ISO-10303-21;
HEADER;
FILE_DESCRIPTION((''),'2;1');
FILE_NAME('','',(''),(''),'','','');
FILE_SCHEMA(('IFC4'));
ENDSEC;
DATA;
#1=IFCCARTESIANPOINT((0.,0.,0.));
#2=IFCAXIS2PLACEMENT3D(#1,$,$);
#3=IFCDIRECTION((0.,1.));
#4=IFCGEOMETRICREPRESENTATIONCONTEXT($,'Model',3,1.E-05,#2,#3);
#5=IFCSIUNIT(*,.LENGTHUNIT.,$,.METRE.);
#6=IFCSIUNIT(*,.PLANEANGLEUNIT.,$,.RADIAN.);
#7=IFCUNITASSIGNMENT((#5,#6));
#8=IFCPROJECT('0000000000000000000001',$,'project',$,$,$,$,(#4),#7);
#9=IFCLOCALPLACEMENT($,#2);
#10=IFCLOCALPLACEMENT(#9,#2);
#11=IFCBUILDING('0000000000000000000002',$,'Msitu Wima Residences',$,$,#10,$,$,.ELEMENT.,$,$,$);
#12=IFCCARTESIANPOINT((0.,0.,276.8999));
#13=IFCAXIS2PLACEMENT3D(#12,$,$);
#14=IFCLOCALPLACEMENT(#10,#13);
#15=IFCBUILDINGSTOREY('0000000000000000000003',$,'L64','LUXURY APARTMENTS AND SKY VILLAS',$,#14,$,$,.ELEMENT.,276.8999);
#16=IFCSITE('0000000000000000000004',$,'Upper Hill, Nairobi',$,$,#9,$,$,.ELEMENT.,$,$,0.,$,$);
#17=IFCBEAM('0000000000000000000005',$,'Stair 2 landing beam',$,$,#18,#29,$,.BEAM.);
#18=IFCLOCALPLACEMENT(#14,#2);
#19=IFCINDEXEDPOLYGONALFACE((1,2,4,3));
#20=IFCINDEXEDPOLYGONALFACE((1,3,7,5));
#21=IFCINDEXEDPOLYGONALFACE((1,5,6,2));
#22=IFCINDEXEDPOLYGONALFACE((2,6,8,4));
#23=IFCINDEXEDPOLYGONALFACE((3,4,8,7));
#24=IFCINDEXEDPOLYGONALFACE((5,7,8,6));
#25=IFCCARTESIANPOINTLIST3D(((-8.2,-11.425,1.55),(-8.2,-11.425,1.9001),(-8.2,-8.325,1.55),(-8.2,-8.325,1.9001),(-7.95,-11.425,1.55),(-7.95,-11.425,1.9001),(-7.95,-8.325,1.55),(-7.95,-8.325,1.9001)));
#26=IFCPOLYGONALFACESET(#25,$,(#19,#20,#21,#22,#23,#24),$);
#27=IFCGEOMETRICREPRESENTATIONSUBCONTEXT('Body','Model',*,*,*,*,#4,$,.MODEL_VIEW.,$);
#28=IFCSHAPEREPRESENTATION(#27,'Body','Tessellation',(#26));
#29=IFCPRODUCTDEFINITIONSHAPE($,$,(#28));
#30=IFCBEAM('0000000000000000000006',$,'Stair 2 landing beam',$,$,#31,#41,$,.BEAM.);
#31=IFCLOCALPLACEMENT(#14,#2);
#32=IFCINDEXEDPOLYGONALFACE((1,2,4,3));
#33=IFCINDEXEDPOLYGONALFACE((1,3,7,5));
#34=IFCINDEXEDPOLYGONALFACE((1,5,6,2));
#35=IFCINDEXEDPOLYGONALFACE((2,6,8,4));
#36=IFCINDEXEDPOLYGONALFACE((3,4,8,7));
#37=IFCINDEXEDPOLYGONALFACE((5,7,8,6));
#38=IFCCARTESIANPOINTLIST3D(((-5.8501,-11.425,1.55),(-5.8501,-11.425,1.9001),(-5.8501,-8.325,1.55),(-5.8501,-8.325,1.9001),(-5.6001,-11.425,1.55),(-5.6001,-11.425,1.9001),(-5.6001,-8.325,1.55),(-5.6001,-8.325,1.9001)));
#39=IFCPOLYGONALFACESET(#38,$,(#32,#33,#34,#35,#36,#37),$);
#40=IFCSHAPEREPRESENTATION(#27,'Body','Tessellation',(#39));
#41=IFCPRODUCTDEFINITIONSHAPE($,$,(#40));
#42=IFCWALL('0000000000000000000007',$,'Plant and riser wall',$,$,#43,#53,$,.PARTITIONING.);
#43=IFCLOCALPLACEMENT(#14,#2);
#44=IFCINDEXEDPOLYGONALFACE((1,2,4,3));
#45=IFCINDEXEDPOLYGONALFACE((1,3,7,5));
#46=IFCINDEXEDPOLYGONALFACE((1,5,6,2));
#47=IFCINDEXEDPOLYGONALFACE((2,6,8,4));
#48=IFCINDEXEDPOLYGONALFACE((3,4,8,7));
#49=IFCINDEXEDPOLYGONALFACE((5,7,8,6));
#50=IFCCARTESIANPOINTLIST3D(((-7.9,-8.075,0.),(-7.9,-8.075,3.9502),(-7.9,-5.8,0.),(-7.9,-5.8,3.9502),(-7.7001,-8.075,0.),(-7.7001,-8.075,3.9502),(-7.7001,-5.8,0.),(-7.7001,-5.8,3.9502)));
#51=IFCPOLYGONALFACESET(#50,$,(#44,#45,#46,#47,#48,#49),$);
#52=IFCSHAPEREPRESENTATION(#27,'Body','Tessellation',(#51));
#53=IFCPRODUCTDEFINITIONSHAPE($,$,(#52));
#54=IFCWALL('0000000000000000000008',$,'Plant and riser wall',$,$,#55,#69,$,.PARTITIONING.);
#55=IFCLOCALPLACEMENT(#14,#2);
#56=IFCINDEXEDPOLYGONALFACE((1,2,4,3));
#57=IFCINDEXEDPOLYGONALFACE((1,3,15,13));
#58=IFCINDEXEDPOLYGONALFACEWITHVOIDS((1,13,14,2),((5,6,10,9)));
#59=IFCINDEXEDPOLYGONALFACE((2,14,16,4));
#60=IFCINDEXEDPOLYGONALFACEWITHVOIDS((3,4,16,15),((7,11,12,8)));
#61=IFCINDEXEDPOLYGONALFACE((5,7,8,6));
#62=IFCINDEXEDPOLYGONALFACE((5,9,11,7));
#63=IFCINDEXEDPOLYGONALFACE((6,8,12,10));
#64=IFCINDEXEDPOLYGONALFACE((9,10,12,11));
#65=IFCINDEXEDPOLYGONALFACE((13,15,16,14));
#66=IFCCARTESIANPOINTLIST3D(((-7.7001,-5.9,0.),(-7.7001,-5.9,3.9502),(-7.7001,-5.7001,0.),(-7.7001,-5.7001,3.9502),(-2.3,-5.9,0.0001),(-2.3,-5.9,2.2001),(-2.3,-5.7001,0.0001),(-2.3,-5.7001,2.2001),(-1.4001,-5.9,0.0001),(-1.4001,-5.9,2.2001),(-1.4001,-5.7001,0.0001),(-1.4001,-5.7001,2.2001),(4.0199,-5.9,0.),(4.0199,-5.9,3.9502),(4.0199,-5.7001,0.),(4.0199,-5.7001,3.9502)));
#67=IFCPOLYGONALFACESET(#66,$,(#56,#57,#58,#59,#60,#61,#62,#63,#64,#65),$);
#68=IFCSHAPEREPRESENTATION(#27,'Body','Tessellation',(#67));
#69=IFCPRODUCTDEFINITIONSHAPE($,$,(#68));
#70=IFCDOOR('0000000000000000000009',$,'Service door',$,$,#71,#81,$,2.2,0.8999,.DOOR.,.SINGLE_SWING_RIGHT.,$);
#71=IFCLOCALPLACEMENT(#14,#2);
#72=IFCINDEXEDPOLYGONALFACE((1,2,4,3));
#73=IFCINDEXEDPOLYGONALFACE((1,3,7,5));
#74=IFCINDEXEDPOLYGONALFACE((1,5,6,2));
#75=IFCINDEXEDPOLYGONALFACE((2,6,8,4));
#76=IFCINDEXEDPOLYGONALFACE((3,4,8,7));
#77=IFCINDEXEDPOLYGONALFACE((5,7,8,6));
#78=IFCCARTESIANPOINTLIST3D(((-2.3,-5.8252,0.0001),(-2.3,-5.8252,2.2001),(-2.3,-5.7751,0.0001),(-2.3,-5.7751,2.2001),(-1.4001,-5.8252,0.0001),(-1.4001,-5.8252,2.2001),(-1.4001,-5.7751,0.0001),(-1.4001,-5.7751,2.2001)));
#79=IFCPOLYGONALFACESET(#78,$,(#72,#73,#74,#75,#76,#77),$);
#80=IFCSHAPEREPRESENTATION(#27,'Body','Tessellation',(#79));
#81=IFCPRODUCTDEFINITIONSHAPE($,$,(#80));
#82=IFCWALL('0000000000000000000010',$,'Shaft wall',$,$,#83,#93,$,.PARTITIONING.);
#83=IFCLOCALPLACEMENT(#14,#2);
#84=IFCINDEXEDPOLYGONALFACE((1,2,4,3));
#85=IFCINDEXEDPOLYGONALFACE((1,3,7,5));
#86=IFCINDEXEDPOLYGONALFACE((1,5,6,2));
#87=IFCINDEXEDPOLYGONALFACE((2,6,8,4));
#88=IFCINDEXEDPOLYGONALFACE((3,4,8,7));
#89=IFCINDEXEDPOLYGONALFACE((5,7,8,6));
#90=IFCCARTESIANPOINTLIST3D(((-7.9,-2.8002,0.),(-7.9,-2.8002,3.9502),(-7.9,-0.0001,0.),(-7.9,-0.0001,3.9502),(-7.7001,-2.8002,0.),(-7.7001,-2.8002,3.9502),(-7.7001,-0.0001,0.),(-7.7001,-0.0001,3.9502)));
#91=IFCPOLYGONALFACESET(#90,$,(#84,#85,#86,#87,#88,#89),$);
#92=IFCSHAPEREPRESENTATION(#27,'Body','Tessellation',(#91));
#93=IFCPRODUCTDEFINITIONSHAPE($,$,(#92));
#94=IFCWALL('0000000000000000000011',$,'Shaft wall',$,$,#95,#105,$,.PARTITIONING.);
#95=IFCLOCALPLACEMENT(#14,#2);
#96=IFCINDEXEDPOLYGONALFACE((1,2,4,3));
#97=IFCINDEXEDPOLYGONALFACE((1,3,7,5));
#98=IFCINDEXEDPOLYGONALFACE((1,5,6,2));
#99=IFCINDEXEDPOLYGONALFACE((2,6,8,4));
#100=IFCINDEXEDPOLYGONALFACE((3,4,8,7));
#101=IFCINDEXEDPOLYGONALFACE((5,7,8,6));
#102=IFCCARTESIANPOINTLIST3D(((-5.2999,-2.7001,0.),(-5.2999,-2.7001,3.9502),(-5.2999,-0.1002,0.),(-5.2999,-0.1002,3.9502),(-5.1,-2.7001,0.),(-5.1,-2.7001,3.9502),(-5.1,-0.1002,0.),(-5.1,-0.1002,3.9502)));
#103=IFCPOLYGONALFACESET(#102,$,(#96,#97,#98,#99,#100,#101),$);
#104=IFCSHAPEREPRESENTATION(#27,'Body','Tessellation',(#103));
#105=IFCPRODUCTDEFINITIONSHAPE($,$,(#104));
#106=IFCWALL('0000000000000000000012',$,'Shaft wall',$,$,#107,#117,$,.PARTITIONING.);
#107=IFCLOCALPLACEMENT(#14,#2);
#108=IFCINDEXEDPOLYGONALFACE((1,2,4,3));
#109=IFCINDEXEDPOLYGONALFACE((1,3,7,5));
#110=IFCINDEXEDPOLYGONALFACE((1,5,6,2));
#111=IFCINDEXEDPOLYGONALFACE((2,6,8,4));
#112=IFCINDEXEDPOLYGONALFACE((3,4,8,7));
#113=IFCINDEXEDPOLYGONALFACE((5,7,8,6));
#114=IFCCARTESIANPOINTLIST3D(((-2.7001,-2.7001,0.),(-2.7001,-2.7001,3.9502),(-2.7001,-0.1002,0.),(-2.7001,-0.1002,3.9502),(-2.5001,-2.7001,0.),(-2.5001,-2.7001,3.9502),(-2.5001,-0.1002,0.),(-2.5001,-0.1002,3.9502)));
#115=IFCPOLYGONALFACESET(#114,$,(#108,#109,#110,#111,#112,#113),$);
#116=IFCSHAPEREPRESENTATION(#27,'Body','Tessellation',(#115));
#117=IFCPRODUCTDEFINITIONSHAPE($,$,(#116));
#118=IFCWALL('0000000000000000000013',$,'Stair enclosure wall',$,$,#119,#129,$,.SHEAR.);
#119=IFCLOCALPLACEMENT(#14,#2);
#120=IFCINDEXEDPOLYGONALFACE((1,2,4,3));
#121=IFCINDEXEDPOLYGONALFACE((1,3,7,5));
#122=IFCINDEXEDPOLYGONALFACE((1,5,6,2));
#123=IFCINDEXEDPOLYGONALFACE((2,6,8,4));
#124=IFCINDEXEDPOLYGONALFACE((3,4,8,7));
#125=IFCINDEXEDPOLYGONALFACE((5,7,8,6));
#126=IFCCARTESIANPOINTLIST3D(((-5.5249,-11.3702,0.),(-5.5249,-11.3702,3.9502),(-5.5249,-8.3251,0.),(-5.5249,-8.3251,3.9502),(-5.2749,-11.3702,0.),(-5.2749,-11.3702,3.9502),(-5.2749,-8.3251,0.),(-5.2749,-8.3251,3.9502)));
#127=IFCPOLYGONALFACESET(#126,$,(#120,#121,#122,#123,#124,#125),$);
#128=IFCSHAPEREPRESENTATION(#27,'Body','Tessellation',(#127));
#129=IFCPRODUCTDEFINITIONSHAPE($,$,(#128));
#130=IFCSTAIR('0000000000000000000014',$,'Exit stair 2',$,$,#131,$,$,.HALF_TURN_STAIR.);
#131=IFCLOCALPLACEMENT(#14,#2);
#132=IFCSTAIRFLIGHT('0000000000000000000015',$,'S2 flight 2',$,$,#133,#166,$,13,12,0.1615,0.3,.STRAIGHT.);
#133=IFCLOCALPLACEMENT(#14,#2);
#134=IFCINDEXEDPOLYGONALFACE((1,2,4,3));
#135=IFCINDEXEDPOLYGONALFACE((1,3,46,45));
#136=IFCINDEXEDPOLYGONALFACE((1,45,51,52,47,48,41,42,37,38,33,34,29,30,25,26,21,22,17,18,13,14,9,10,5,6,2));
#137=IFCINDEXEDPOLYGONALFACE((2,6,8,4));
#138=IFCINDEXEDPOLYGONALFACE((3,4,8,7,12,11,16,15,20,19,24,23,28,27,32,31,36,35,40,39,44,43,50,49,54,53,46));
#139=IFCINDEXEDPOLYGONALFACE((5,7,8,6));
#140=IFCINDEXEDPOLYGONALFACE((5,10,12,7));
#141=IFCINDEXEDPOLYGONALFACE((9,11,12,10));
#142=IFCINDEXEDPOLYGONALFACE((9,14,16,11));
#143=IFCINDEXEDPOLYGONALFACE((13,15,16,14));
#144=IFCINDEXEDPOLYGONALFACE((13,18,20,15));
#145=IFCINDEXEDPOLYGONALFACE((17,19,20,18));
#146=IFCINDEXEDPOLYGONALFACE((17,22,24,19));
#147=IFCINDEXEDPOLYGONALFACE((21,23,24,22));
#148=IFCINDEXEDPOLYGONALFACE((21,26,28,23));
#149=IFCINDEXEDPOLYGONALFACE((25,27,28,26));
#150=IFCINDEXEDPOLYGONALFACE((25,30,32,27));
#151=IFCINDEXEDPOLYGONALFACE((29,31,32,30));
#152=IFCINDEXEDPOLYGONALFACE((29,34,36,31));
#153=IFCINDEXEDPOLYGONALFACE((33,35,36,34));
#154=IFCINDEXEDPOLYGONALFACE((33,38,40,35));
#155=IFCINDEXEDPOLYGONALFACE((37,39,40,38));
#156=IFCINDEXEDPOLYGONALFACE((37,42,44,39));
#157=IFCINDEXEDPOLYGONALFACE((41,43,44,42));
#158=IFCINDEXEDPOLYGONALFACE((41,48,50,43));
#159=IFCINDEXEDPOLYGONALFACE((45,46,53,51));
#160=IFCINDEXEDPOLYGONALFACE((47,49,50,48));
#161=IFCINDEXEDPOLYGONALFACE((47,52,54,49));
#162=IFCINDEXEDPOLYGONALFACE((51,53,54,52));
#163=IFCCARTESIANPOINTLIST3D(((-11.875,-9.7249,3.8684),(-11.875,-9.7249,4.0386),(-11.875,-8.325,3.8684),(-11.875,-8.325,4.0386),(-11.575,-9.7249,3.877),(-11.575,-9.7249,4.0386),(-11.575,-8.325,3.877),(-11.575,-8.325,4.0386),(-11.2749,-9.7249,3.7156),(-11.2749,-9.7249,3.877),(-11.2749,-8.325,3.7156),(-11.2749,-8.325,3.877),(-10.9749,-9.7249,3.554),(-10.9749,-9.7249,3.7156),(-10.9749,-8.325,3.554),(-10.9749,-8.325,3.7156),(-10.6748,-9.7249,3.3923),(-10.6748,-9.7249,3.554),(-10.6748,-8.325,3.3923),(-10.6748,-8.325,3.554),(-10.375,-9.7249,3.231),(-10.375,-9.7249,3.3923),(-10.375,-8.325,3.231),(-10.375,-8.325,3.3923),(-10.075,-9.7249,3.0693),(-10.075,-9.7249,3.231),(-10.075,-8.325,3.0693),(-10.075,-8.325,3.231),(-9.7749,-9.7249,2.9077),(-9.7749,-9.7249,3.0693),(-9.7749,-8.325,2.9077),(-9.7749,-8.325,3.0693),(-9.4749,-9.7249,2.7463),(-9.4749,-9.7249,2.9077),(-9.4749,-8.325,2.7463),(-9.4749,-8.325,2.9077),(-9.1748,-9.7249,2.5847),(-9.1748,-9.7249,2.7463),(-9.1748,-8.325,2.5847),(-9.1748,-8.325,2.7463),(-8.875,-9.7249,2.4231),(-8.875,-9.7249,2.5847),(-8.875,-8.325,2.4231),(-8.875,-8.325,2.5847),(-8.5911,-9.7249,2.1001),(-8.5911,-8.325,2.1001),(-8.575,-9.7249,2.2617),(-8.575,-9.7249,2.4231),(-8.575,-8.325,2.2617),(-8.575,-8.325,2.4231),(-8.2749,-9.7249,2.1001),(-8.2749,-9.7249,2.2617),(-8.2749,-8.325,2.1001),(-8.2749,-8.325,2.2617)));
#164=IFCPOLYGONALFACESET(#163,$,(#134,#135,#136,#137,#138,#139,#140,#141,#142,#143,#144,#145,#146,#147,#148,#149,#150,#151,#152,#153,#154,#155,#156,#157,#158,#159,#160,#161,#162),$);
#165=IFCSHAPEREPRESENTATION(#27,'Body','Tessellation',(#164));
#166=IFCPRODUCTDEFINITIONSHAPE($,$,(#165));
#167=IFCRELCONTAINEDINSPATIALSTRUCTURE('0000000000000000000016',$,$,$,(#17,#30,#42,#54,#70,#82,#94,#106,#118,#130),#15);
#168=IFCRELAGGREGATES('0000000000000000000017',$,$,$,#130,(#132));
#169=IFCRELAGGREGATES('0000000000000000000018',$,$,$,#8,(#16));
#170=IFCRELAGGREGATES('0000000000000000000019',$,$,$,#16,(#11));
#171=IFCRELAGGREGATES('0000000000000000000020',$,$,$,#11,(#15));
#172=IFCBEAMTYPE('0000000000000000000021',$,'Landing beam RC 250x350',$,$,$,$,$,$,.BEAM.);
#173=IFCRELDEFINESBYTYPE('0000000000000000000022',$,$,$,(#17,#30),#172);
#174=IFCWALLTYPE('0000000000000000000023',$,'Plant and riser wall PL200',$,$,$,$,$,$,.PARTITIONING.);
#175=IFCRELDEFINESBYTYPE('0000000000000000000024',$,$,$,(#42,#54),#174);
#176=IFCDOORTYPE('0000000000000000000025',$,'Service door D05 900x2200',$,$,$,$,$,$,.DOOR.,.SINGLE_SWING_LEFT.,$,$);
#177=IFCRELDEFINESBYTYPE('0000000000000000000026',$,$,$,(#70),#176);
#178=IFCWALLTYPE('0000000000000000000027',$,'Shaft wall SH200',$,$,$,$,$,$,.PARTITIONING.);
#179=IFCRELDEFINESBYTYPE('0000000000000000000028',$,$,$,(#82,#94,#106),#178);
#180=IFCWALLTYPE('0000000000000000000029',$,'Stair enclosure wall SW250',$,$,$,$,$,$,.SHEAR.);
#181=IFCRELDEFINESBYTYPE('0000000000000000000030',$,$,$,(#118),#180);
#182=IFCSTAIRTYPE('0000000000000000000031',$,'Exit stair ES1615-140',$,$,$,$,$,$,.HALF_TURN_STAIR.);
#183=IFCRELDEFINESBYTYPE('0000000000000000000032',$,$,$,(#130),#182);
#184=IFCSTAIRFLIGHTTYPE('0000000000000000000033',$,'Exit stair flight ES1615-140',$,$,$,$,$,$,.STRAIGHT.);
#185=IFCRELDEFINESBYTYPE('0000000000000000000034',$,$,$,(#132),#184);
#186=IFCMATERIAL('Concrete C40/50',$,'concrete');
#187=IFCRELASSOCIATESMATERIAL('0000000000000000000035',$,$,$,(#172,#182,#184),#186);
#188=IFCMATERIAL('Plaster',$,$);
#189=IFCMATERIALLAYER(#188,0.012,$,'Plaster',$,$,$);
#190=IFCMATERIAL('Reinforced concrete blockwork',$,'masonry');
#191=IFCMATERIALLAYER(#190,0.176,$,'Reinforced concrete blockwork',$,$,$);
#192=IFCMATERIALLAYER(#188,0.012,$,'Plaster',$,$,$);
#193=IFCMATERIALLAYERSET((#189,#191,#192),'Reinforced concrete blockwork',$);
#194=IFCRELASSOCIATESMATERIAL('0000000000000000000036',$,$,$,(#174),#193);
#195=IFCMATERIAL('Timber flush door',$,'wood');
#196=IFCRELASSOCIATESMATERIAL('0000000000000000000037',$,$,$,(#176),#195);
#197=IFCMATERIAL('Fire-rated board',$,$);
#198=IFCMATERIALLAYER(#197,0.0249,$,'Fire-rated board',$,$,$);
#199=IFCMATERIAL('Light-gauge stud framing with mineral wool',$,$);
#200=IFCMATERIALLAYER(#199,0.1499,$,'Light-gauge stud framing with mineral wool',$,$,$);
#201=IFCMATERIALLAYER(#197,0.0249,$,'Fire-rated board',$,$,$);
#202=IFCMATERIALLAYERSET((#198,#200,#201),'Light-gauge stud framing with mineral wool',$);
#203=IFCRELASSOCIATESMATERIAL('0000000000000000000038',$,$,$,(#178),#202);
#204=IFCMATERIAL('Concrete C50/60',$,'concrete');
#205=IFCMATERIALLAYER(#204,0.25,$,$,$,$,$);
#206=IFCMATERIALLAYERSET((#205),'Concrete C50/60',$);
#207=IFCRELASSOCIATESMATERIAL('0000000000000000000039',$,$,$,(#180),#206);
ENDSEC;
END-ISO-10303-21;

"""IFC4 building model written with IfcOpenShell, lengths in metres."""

from ifc_helpers import new_model, si_unit, direction, frame, frame_2d, origin, origin_2d, place, context, subcontext, project, spatial, polyline, rectangle, outline, extrude, material, layer, layer_set, material_profile, profile_set, type_object, element, fill, aggregate, save


model = new_model("IFC4")

# Units and contexts
model_context = context("Model", 3, precision=1e-05, world=origin(), true_north=direction((0.0, 1.0)))
body_context = subcontext(model_context, "Body", "Model", "MODEL_VIEW")
ifc_project = project(units=[si_unit("LENGTHUNIT", "METRE"), si_unit("PLANEANGLEUNIT", "RADIAN")], contexts=[model_context])

# Site, building, storey
site_placement = place(None, origin())
site = spatial("IfcSite", under=ifc_project, at=site_placement, Name="Upper Hill, Nairobi", CompositionType="ELEMENT", RefElevation=0.0)
building_placement = place(site_placement, origin())
building = spatial("IfcBuilding", under=site, at=building_placement, Name="Msitu Wima Residences", CompositionType="ELEMENT")
storey_placement = place(building_placement, frame((0.0, 0.0, 276.8999)))
storey = spatial("IfcBuildingStorey", under=building, at=storey_placement, Name="L64", Description="LUXURY APARTMENTS AND SKY VILLAS", CompositionType="ELEMENT", Elevation=276.8999)

# Beams
ifc_material_1 = material(Name="Concrete C40/50", Category="concrete")
ifc_material_profile = material_profile(ifc_material_1, rectangle(XDim=0.25, YDim=0.3501, at=origin_2d()), Name="RC 250x350")
ifc_profile_set = profile_set([ifc_material_profile], Name="Concrete C40/50")
beam_type = type_object("IfcBeamType", Name="Landing beam RC 250x350", PredefinedType="BEAM", material=ifc_profile_set)
for number, where, z_axis, x_axis, name in (
    (1, (-8.075, -11.425, 1.7251), (0.0, 1.0, 0.0), (-1.0, 0.0, 0.0), "Stair 2 landing beam"),
    (2, (-5.7251, -11.425, 1.7251), (0.0, 1.0, 0.0), (-1.0, 0.0, 0.0), "Stair 2 landing beam"),
):
    element("IfcBeam", number, at=place(storey_placement, frame(where, z_axis=z_axis, x_axis=x_axis)), inside=storey, type_object=beam_type, Name=name, PredefinedType="BEAM", context=body_context, shape_type="SweptSolid", body=[
        extrude(rectangle(XDim=0.25, YDim=0.3501, at=origin_2d()), origin(), (0.0, 0.0, 1.0), 3.1001),
    ])

# Shared definitions
ifc_material_2 = material(Name="Plaster")

# Wall
ifc_layer_1 = layer(ifc_material_2, 0.012, Name="Plaster")
ifc_material_3 = material(Name="Reinforced concrete blockwork", Category="masonry")
ifc_layer_2 = layer(ifc_material_3, 0.176, Name="Reinforced concrete blockwork")
ifc_layer_3 = layer(ifc_material_2, 0.012, Name="Plaster")
ifc_layer_set_1 = layer_set([ifc_layer_1, ifc_layer_2, ifc_layer_3], Name="Reinforced concrete blockwork")
wall_type_1 = type_object("IfcWallType", Name="Plant and riser wall PL200", PredefinedType="PARTITIONING", material=ifc_layer_set_1)
wall_1_placement = place(storey_placement, frame((-7.8, -8.075, 0.0), z_axis=(0.0, 0.0, 1.0), x_axis=(0.0, 1.0, 0.0)))
element("IfcWall", 3, at=wall_1_placement, inside=storey, type_object=wall_type_1, Name="Plant and riser wall", PredefinedType="PARTITIONING", context=body_context, shape_type="SweptSolid", body=[
    extrude(rectangle(XDim=2.2749, YDim=0.2, at=frame_2d((1.1375, 0.0))), origin(), (0.0, 0.0, 1.0), 3.9502),
])

# Wall, opening, door
wall_2_placement = place(storey_placement, frame((-7.7, -5.8, 0.0), z_axis=(0.0, 0.0, 1.0), x_axis=(1.0, 0.0, 0.0)))
wall_2 = element("IfcWall", 4, at=wall_2_placement, inside=storey, type_object=wall_type_1, Name="Plant and riser wall", PredefinedType="PARTITIONING", context=body_context, shape_type="SweptSolid", body=[
    extrude(rectangle(XDim=11.72, YDim=0.2, at=frame_2d((5.8599, 0.0))), origin(), (0.0, 0.0, 1.0), 3.9502),
])
opening_1_placement = place(wall_2_placement, frame((5.3999, 0.0, 0.0)))
opening_1 = element("IfcOpeningElement", 5, at=opening_1_placement, cuts=wall_2, PredefinedType="OPENING", context=body_context, shape_type="SweptSolid", body=[
    extrude(rectangle(XDim=0.8999, YDim=2.2, at=frame_2d((0.45, 1.1001))), frame((0.0, 0.1099, 0.0), z_axis=(0.0, -1.0, 0.0), x_axis=(1.0, 0.0, 0.0)), (0.0, 0.0, 1.0), 0.22),
])
ifc_material_4 = material(Name="Timber flush door", Category="wood")
door_type_1 = type_object("IfcDoorType", Name="Service door D05 900x2200", OperationType="SINGLE_SWING_LEFT", PredefinedType="DOOR", material=ifc_material_4)
door_1_placement = place(opening_1_placement, origin())
door_1 = element("IfcDoor", 6, at=door_1_placement, inside=storey, type_object=door_type_1, Name="Service door", OperationType="SINGLE_SWING_RIGHT", OverallHeight=2.2, OverallWidth=0.8999, PredefinedType="DOOR", context=body_context, shape_type="SweptSolid", body=[
    extrude(rectangle(XDim=0.8999, YDim=2.2, at=frame_2d((0.45, 1.1001))), frame((0.0, 0.0249, 0.0), z_axis=(0.0, -1.0, 0.0), x_axis=(1.0, 0.0, 0.0)), (0.0, 0.0, 1.0), 0.05),
])
fill(opening_1, door_1)

# Walls
ifc_material_5 = material(Name="Fire-rated board")
ifc_layer_4 = layer(ifc_material_5, 0.0249, Name="Fire-rated board")
ifc_material_6 = material(Name="Light-gauge stud framing with mineral wool")
ifc_layer_5 = layer(ifc_material_6, 0.1499, Name="Light-gauge stud framing with mineral wool")
ifc_layer_6 = layer(ifc_material_5, 0.0249, Name="Fire-rated board")
ifc_layer_set_2 = layer_set([ifc_layer_4, ifc_layer_5, ifc_layer_6], Name="Light-gauge stud framing with mineral wool")
wall_type_2 = type_object("IfcWallType", Name="Shaft wall SH200", PredefinedType="PARTITIONING", material=ifc_layer_set_2)
wall_3_placement = place(storey_placement, frame((-7.8, -2.8, 0.0), z_axis=(0.0, 0.0, 1.0), x_axis=(0.0, 1.0, 0.0)))
element("IfcWall", 7, at=wall_3_placement, inside=storey, type_object=wall_type_2, Name="Shaft wall", PredefinedType="PARTITIONING", context=body_context, shape_type="SweptSolid", body=[
    extrude(rectangle(XDim=2.8, YDim=0.2, at=frame_2d((1.3999, 0.0))), origin(), (0.0, 0.0, 1.0), 3.9502),
])
for number, where, z_axis, x_axis, name in (
    (8, (-5.2, -2.7, 0.0), (0.0, 0.0, 1.0), (0.0, 1.0, 0.0), "Shaft wall"),
    (9, (-2.6001, -2.7, 0.0), (0.0, 0.0, 1.0), (0.0, 1.0, 0.0), "Shaft wall"),
):
    element("IfcWall", number, at=place(storey_placement, frame(where, z_axis=z_axis, x_axis=x_axis)), inside=storey, type_object=wall_type_2, Name=name, PredefinedType="PARTITIONING", context=body_context, shape_type="SweptSolid", body=[
        extrude(rectangle(XDim=2.5999, YDim=0.2, at=frame_2d((1.2998, 0.0))), origin(), (0.0, 0.0, 1.0), 3.9502),
    ])
ifc_material_7 = material(Name="Concrete C50/60", Category="concrete")
ifc_layer_7 = layer(ifc_material_7, 0.25)
ifc_layer_set_3 = layer_set([ifc_layer_7], Name="Concrete C50/60")
wall_type_3 = type_object("IfcWallType", Name="Stair enclosure wall SW250", PredefinedType="SHEAR", material=ifc_layer_set_3)
wall_4_placement = place(storey_placement, frame((-5.3999, -11.3701, 0.0), z_axis=(0.0, 0.0, 1.0), x_axis=(0.0, 1.0, 0.0)))
element("IfcWall", 10, at=wall_4_placement, inside=storey, type_object=wall_type_3, Name="Stair enclosure wall", PredefinedType="SHEAR", context=body_context, shape_type="SweptSolid", body=[
    extrude(rectangle(XDim=3.0452, YDim=0.25, at=frame_2d((1.5225, 0.0))), origin(), (0.0, 0.0, 1.0), 3.9502),
])

# Stair, stair flight
stair_type = type_object("IfcStairType", Name="Exit stair ES1615-140", PredefinedType="HALF_TURN_STAIR", material=ifc_material_1)
stair_placement = place(storey_placement, origin())
stair = element("IfcStair", 11, at=stair_placement, inside=storey, type_object=stair_type, Name="Exit stair 2", PredefinedType="HALF_TURN_STAIR")
stair_flight_type = type_object("IfcStairFlightType", Name="Exit stair flight ES1615-140", PredefinedType="STRAIGHT", material=ifc_material_1)
stair_flight_placement = place(storey_placement, frame((-8.2749, -9.0249, 2.1001), z_axis=(0.0, 0.0, 1.0), x_axis=(-1.0, 0.0, 0.0)))
stair_flight = element("IfcStairFlight", 12, at=stair_flight_placement, type_object=stair_flight_type, Name="S2 flight 2", NumberOfRisers=13, NumberOfTreads=12, PredefinedType="STRAIGHT", RiserHeight=0.1615, TreadLength=0.3, context=body_context, shape_type="SweptSolid", body=[
    extrude(outline(polyline([(0.0, 0.0), (0.0, 0.1616), (0.3, 0.1616), (0.3, 0.323), (0.6001, 0.323), (0.6001, 0.4846), (0.8999, 0.4846), (0.8999, 0.6462), (1.2, 0.6462), (1.2, 0.8076), (1.5, 0.8076), (1.5, 0.9692), (1.8, 0.9692), (1.8, 1.1309), (2.1001, 1.1309), (2.1001, 1.2922), (2.3999, 1.2922), (2.3999, 1.4539), (2.7, 1.4539), (2.7, 1.6155), (3.0, 1.6155), (3.0, 1.7769), (3.3, 1.7769), (3.3, 1.9385), (3.6001, 1.9385), (3.6001, 2.1001), (3.6001, 1.7683), (0.3162, 0.0), (0.0, 0.0)])), frame((0.0, 0.7, 0.0), z_axis=(0.0, -1.0, 0.0), x_axis=(1.0, 0.0, 0.0)), (0.0, 0.0, 1.0), 1.3999),
])
aggregate(stair, [stair_flight])

save(model, "model.ifc")
